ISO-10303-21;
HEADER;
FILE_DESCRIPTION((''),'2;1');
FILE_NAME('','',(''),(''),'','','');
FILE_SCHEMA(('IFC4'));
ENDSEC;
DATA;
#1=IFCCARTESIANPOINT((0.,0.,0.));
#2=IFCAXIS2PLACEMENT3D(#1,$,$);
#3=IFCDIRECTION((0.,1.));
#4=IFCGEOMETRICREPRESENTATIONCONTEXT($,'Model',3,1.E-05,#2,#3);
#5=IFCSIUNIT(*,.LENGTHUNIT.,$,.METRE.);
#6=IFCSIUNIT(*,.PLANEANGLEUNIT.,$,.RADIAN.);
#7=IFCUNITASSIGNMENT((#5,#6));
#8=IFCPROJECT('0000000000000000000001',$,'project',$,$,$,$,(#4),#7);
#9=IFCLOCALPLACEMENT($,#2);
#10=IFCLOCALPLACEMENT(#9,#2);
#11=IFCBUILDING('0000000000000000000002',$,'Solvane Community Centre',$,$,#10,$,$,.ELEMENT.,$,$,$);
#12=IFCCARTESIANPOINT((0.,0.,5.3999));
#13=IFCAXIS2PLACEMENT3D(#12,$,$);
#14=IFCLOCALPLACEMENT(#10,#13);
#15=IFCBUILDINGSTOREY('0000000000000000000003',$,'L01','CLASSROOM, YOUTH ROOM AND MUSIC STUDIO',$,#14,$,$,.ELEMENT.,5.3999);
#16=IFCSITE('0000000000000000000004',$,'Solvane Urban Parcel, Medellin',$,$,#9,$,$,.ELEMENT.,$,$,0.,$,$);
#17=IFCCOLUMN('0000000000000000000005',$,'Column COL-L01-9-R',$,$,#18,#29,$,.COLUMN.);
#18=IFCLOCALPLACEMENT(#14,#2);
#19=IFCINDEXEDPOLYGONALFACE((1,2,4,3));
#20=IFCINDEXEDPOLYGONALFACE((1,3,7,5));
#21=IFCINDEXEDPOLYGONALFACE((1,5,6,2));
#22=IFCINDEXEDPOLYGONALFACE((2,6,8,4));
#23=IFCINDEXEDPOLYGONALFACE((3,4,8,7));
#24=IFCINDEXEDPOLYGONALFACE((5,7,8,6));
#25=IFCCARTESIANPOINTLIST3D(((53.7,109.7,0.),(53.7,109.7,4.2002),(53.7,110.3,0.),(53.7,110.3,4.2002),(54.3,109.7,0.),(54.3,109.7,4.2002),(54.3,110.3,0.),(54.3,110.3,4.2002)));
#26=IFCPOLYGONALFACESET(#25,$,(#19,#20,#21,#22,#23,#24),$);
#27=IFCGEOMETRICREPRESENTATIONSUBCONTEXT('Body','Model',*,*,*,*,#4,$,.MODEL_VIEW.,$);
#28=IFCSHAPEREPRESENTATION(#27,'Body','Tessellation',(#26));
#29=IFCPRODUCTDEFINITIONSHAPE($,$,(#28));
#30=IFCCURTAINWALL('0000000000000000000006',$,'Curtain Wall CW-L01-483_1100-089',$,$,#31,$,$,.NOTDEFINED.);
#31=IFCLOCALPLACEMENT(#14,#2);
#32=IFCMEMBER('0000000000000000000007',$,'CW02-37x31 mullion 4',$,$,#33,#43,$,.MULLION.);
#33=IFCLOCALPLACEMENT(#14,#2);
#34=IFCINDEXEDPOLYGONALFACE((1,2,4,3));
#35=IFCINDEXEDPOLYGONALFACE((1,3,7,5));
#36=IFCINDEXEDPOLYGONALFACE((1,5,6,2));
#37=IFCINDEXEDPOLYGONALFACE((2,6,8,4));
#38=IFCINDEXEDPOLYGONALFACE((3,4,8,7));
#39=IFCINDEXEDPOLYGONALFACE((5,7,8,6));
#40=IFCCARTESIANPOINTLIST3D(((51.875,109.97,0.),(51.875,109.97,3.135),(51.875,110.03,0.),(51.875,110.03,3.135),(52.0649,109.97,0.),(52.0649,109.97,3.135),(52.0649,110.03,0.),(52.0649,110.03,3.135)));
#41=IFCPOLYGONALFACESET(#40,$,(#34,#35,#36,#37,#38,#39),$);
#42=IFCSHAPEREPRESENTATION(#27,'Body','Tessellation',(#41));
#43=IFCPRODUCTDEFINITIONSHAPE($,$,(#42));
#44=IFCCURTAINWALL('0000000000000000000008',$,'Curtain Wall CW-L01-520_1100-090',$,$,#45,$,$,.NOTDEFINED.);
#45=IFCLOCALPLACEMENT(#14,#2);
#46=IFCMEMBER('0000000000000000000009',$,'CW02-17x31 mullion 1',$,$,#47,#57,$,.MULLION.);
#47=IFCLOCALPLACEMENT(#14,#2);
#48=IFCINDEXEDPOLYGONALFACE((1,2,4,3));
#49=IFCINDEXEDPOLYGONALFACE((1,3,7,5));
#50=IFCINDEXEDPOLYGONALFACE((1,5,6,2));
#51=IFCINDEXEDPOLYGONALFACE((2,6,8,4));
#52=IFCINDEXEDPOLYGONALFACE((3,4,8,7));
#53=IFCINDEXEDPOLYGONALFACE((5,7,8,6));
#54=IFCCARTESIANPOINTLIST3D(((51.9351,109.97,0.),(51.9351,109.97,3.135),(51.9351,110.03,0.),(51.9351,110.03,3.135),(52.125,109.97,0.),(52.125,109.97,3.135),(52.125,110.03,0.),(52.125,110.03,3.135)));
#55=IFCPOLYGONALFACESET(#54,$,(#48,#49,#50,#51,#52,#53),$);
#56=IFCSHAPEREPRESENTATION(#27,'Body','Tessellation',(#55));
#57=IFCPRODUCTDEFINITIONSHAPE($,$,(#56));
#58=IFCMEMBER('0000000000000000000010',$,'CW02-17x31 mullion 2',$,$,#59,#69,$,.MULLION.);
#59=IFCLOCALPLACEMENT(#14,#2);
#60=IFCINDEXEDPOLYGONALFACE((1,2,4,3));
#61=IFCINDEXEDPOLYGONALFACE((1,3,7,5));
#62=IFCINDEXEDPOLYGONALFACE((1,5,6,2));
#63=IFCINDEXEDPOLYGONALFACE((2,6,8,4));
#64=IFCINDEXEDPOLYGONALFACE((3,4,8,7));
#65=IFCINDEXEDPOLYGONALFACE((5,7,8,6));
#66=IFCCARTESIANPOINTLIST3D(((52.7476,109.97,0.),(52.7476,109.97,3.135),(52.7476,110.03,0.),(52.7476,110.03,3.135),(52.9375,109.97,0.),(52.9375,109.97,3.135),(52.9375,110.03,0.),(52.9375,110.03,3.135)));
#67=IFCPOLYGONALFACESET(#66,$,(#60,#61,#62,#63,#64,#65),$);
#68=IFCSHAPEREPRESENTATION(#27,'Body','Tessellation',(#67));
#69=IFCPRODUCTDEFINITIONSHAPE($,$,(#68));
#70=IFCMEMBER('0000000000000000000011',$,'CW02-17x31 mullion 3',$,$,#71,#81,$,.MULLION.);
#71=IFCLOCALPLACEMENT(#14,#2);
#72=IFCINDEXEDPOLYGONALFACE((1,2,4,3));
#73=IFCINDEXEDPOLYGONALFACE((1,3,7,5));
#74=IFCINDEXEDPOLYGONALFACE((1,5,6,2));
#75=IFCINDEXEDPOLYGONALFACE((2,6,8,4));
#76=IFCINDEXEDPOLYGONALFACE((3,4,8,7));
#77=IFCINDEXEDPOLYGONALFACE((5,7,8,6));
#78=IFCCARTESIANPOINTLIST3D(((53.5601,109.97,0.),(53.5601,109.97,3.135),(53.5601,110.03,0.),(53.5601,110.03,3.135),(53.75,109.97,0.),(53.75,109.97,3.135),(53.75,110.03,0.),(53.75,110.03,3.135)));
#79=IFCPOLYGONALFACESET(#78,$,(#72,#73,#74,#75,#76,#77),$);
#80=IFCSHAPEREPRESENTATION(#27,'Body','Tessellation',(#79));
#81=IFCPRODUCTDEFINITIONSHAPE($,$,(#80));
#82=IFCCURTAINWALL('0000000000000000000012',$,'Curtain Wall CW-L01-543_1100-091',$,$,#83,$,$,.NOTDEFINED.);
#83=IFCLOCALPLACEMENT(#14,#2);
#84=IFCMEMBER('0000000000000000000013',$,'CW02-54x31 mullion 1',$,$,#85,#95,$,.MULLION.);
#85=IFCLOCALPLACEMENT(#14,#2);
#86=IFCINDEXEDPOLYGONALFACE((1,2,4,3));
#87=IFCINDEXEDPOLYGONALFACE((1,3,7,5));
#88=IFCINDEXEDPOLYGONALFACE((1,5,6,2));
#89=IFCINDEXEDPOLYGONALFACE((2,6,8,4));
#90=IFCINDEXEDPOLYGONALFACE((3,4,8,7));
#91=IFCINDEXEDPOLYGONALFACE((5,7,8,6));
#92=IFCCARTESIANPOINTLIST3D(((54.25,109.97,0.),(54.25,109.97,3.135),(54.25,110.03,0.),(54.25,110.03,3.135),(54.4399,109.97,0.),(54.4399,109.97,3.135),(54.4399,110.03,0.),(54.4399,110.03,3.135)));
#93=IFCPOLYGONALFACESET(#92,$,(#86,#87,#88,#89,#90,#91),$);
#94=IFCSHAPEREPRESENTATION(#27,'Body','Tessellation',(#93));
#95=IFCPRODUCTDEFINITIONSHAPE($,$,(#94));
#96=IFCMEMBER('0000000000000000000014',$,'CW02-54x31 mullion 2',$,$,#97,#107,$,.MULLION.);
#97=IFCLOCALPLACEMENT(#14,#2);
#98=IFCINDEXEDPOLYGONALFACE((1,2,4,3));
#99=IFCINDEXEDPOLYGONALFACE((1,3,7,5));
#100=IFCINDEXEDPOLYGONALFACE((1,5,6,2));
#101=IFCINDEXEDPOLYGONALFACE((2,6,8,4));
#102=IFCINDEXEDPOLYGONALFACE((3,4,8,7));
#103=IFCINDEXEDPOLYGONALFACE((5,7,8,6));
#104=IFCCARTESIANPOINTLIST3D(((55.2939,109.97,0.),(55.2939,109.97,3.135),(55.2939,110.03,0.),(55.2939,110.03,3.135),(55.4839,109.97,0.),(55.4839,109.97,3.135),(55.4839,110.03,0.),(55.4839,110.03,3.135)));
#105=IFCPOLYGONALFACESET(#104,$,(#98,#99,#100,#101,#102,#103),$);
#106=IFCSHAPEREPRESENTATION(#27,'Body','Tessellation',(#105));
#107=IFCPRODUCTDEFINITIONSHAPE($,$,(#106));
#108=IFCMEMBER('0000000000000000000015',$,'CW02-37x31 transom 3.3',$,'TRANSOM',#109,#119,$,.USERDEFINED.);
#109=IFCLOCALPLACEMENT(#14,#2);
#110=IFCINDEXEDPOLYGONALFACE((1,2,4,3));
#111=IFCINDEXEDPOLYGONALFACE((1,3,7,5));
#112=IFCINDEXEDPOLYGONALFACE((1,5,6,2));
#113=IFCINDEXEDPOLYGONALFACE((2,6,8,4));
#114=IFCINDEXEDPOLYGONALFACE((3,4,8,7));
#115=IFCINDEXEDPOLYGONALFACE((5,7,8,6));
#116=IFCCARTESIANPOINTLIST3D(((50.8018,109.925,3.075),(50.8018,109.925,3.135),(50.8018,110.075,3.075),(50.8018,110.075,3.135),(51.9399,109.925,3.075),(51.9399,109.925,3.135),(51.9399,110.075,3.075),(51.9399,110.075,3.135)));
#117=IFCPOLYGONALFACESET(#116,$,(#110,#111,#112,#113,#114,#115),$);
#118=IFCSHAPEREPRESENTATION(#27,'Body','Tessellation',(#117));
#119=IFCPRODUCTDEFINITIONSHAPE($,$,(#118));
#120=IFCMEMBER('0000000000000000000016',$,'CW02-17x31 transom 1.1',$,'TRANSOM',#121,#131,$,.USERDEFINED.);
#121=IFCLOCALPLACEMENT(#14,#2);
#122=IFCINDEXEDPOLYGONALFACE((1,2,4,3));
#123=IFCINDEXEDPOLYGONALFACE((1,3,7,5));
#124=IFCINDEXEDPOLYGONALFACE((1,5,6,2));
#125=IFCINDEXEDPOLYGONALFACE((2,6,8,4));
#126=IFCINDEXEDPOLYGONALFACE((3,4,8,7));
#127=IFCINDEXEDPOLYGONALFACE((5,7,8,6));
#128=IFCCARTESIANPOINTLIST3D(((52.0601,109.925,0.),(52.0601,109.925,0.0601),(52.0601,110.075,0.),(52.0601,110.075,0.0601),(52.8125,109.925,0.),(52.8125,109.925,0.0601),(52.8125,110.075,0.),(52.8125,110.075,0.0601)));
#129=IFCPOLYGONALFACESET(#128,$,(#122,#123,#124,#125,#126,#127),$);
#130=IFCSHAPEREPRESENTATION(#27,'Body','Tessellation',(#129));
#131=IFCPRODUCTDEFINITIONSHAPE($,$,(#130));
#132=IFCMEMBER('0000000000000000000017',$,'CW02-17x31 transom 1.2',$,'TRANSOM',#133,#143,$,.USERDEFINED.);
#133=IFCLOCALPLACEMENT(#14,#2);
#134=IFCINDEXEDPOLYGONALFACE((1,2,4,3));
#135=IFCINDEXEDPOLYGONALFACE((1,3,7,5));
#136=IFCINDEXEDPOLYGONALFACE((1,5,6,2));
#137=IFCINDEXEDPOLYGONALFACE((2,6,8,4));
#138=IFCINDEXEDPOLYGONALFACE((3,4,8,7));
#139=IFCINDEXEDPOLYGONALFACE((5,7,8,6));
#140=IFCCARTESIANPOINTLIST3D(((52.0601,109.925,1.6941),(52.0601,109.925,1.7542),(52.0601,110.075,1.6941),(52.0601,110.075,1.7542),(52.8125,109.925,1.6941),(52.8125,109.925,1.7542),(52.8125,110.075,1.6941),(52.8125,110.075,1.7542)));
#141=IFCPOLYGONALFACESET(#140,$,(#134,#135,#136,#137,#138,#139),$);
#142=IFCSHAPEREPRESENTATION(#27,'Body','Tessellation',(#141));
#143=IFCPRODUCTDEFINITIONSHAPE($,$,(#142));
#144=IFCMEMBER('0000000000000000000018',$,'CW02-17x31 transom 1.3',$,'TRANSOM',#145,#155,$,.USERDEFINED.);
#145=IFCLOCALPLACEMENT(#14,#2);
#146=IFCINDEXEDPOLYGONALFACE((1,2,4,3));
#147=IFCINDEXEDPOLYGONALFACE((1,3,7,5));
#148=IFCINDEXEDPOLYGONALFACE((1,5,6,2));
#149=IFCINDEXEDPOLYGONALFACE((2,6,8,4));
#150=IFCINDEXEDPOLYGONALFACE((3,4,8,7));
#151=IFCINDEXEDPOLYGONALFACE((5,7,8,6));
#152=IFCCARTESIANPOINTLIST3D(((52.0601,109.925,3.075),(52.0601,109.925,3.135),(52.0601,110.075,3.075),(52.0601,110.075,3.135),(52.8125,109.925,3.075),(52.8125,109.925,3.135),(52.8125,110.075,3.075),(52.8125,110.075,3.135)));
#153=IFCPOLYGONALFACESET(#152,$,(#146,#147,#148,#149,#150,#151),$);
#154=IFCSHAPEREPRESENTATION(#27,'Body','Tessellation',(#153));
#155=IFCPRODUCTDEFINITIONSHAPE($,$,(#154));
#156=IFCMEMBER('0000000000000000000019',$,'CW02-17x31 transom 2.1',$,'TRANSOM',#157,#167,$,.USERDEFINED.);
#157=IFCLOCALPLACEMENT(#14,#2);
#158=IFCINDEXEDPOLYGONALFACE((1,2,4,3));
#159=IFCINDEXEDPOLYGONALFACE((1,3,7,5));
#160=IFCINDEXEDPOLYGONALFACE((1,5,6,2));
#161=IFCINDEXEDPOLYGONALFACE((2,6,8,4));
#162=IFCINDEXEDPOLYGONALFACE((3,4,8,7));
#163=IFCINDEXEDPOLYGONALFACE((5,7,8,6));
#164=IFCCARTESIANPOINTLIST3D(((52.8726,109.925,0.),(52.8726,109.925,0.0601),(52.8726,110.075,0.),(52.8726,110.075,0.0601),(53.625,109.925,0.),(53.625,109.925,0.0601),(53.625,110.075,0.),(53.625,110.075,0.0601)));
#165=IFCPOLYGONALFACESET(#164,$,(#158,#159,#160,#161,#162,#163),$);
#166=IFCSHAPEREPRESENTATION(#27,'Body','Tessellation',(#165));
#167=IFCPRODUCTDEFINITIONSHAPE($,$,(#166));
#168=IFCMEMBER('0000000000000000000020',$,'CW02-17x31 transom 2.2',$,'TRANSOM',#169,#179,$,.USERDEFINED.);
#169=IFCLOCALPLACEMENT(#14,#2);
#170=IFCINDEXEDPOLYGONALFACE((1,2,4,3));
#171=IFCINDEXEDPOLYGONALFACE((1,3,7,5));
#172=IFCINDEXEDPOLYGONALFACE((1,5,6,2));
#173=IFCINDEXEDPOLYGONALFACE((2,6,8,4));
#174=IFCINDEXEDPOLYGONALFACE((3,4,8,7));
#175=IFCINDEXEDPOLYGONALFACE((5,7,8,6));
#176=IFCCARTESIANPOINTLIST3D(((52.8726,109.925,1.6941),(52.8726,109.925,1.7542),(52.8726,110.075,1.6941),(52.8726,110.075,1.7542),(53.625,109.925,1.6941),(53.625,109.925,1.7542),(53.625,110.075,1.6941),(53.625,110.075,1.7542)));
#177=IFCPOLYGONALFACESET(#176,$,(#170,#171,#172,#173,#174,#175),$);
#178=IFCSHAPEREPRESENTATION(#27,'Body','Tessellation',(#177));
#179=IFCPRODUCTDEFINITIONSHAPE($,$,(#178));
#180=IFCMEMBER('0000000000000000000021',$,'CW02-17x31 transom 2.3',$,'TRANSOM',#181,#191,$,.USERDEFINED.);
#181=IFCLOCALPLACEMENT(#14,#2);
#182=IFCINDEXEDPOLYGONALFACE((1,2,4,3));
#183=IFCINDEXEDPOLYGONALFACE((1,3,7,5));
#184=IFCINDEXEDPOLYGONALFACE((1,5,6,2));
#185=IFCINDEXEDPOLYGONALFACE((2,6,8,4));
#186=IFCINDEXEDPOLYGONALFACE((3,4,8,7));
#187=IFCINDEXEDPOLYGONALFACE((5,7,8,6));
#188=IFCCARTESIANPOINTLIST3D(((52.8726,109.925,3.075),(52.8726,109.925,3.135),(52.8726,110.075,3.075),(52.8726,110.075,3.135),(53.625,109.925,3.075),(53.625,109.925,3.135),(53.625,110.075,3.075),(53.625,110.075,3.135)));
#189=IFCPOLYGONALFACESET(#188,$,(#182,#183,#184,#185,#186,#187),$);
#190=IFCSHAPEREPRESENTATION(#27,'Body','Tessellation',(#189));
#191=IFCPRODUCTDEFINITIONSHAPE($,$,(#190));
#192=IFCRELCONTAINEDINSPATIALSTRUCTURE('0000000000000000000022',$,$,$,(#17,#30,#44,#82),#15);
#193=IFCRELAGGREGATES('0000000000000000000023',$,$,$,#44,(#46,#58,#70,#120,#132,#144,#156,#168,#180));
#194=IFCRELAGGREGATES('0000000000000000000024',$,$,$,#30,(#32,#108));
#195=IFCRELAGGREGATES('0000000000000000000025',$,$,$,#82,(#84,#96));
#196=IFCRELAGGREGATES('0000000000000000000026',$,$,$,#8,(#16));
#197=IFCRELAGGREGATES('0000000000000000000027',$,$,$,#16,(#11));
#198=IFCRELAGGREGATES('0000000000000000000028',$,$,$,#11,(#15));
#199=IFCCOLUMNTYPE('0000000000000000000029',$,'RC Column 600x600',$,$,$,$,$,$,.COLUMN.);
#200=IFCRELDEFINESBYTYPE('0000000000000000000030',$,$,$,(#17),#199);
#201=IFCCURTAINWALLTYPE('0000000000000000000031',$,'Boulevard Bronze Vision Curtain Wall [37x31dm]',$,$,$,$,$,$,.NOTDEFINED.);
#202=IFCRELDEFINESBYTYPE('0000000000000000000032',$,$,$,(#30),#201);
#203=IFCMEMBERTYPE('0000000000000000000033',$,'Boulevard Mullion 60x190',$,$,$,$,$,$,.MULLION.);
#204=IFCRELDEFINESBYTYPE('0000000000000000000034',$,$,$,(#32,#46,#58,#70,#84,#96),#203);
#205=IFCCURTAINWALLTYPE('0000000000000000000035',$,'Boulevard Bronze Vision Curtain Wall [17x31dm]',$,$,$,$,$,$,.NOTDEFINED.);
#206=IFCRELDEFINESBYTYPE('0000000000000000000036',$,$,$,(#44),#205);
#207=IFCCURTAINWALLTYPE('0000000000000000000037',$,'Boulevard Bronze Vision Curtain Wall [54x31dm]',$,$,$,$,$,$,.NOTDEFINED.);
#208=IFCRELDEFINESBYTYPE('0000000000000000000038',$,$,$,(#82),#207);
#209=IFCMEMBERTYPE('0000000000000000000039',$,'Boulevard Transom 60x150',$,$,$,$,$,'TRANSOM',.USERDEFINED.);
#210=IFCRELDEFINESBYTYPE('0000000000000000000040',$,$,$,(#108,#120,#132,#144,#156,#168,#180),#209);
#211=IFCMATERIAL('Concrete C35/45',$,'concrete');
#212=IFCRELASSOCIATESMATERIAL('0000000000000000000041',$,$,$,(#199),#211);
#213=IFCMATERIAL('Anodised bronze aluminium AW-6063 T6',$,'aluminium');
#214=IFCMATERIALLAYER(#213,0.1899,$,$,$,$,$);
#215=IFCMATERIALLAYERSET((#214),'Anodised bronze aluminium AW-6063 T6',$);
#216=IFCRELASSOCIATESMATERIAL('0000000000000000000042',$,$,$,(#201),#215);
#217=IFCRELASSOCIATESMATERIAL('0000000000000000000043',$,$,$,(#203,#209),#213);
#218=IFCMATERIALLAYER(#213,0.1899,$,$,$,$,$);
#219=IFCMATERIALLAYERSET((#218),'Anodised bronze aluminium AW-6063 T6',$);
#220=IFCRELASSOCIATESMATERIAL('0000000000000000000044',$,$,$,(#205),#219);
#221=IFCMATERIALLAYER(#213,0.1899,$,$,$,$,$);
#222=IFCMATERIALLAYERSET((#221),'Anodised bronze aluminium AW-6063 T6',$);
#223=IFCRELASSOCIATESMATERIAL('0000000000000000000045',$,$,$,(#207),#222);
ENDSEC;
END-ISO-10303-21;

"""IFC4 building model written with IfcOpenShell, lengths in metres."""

from ifc_helpers import new_model, si_unit, direction, frame, origin, origin_2d, place, context, subcontext, project, spatial, rectangle, extrude, material, layer, layer_set, material_profile, profile_set, type_object, element, aggregate, save


model = new_model("IFC4")

# Units and contexts
model_context = context("Model", 3, precision=1e-05, world=origin(), true_north=direction((0.0, 1.0)))
body_context = subcontext(model_context, "Body", "Model", "MODEL_VIEW")
ifc_project = project(units=[si_unit("LENGTHUNIT", "METRE"), si_unit("PLANEANGLEUNIT", "RADIAN")], contexts=[model_context])

# Site, building, storey
site_placement = place(None, origin())
site = spatial("IfcSite", under=ifc_project, at=site_placement, Name="Solvane Urban Parcel, Medellin", CompositionType="ELEMENT", RefElevation=0.0)
building_placement = place(site_placement, origin())
building = spatial("IfcBuilding", under=site, at=building_placement, Name="Solvane Community Centre", CompositionType="ELEMENT")
storey_placement = place(building_placement, frame((0.0, 0.0, 5.3999)))
storey = spatial("IfcBuildingStorey", under=building, at=storey_placement, Name="L01", Description="CLASSROOM, YOUTH ROOM AND MUSIC STUDIO", CompositionType="ELEMENT", Elevation=5.3999)

# Column
ifc_material_1 = material(Name="Concrete C35/45", Category="concrete")
ifc_material_profile_1 = material_profile(ifc_material_1, rectangle(XDim=0.6001, YDim=0.6001, at=origin_2d()), Name="RC 600x600")
ifc_profile_set_1 = profile_set([ifc_material_profile_1], Name="Concrete C35/45")
column_type = type_object("IfcColumnType", Name="RC Column 600x600", PredefinedType="COLUMN", material=ifc_profile_set_1)
column_placement = place(storey_placement, frame((54.0, 110.0, 0.0), z_axis=(0.0, 0.0, 1.0), x_axis=(1.0, 0.0, 0.0)))
element("IfcColumn", 1, at=column_placement, inside=storey, type_object=column_type, Name="Column COL-L01-9-R", PredefinedType="COLUMN", context=body_context, shape_type="SweptSolid", body=[
    extrude(rectangle(XDim=0.6001, YDim=0.6001, at=origin_2d()), origin(), (0.0, 0.0, 1.0), 4.2002),
])

# Curtain wall, member
ifc_material_2 = material(Name="Anodised bronze aluminium AW-6063 T6", Category="aluminium")
ifc_layer_1 = layer(ifc_material_2, 0.1899)
ifc_layer_set_1 = layer_set([ifc_layer_1], Name="Anodised bronze aluminium AW-6063 T6")
curtain_wall_type_1 = type_object("IfcCurtainWallType", Name="Boulevard Bronze Vision Curtain Wall [37x31dm]", PredefinedType="NOTDEFINED", material=ifc_layer_set_1)
curtain_wall_1_placement = place(storey_placement, origin())
curtain_wall_1 = element("IfcCurtainWall", 2, at=curtain_wall_1_placement, inside=storey, type_object=curtain_wall_type_1, Name="Curtain Wall CW-L01-483_1100-089", PredefinedType="NOTDEFINED")
ifc_material_profile_2 = material_profile(ifc_material_2, rectangle(XDim=0.0601, YDim=0.1899, at=origin_2d()), Name="CW-M 60x190")
ifc_profile_set_2 = profile_set([ifc_material_profile_2], Name="Anodised bronze aluminium AW-6063 T6")
member_type_1 = type_object("IfcMemberType", Name="Boulevard Mullion 60x190", PredefinedType="MULLION", material=ifc_profile_set_2)
member_1_placement = place(storey_placement, frame((51.97, 110.0, 0.0), z_axis=(0.0, 0.0, 1.0), x_axis=(0.0, 1.0, 0.0)))
member_1 = element("IfcMember", 3, at=member_1_placement, type_object=member_type_1, Name="CW02-37x31 mullion 4", PredefinedType="MULLION", context=body_context, shape_type="SweptSolid", body=[
    extrude(rectangle(XDim=0.0601, YDim=0.1899, at=origin_2d()), origin(), (0.0, 0.0, 1.0), 3.135),
])

# Curtain walls, members
ifc_layer_2 = layer(ifc_material_2, 0.1899)
ifc_layer_set_2 = layer_set([ifc_layer_2], Name="Anodised bronze aluminium AW-6063 T6")
curtain_wall_type_2 = type_object("IfcCurtainWallType", Name="Boulevard Bronze Vision Curtain Wall [17x31dm]", PredefinedType="NOTDEFINED", material=ifc_layer_set_2)
curtain_wall_2_placement = place(storey_placement, origin())
curtain_wall_2 = element("IfcCurtainWall", 4, at=curtain_wall_2_placement, inside=storey, type_object=curtain_wall_type_2, Name="Curtain Wall CW-L01-520_1100-090", PredefinedType="NOTDEFINED")
member_2_placement = place(storey_placement, frame((52.03, 110.0, 0.0), z_axis=(0.0, 0.0, 1.0), x_axis=(0.0, 1.0, 0.0)))
member_2 = element("IfcMember", 5, at=member_2_placement, type_object=member_type_1, Name="CW02-17x31 mullion 1", PredefinedType="MULLION", context=body_context, shape_type="SweptSolid", body=[
    extrude(rectangle(XDim=0.0601, YDim=0.1899, at=origin_2d()), origin(), (0.0, 0.0, 1.0), 3.135),
])
member_3_placement = place(storey_placement, frame((52.8425, 110.0, 0.0), z_axis=(0.0, 0.0, 1.0), x_axis=(0.0, 1.0, 0.0)))
member_3 = element("IfcMember", 6, at=member_3_placement, type_object=member_type_1, Name="CW02-17x31 mullion 2", PredefinedType="MULLION", context=body_context, shape_type="SweptSolid", body=[
    extrude(rectangle(XDim=0.0601, YDim=0.1899, at=origin_2d()), origin(), (0.0, 0.0, 1.0), 3.135),
])
member_4_placement = place(storey_placement, frame((53.655, 110.0, 0.0), z_axis=(0.0, 0.0, 1.0), x_axis=(0.0, 1.0, 0.0)))
member_4 = element("IfcMember", 7, at=member_4_placement, type_object=member_type_1, Name="CW02-17x31 mullion 3", PredefinedType="MULLION", context=body_context, shape_type="SweptSolid", body=[
    extrude(rectangle(XDim=0.0601, YDim=0.1899, at=origin_2d()), origin(), (0.0, 0.0, 1.0), 3.135),
])
ifc_layer_3 = layer(ifc_material_2, 0.1899)
ifc_layer_set_3 = layer_set([ifc_layer_3], Name="Anodised bronze aluminium AW-6063 T6")
curtain_wall_type_3 = type_object("IfcCurtainWallType", Name="Boulevard Bronze Vision Curtain Wall [54x31dm]", PredefinedType="NOTDEFINED", material=ifc_layer_set_3)
curtain_wall_3_placement = place(storey_placement, origin())
curtain_wall_3 = element("IfcCurtainWall", 8, at=curtain_wall_3_placement, inside=storey, type_object=curtain_wall_type_3, Name="Curtain Wall CW-L01-543_1100-091", PredefinedType="NOTDEFINED")
member_5_placement = place(storey_placement, frame((54.345, 110.0, 0.0), z_axis=(0.0, 0.0, 1.0), x_axis=(0.0, 1.0, 0.0)))
member_5 = element("IfcMember", 9, at=member_5_placement, type_object=member_type_1, Name="CW02-54x31 mullion 1", PredefinedType="MULLION", context=body_context, shape_type="SweptSolid", body=[
    extrude(rectangle(XDim=0.0601, YDim=0.1899, at=origin_2d()), origin(), (0.0, 0.0, 1.0), 3.135),
])
member_6_placement = place(storey_placement, frame((55.3889, 110.0, 0.0), z_axis=(0.0, 0.0, 1.0), x_axis=(0.0, 1.0, 0.0)))
member_6 = element("IfcMember", 10, at=member_6_placement, type_object=member_type_1, Name="CW02-54x31 mullion 2", PredefinedType="MULLION", context=body_context, shape_type="SweptSolid", body=[
    extrude(rectangle(XDim=0.0601, YDim=0.1899, at=origin_2d()), origin(), (0.0, 0.0, 1.0), 3.135),
])

# Members
ifc_material_profile_3 = material_profile(ifc_material_2, rectangle(XDim=0.1499, YDim=0.0601, at=origin_2d()), Name="CW-T 60x150")
ifc_profile_set_3 = profile_set([ifc_material_profile_3], Name="Anodised bronze aluminium AW-6063 T6")
member_type_2 = type_object("IfcMemberType", Name="Boulevard Transom 60x150", ElementType="TRANSOM", PredefinedType="USERDEFINED", material=ifc_profile_set_3)
member_7_placement = place(storey_placement, frame((50.8018, 110.0, 3.105), z_axis=(1.0, 0.0, 0.0), x_axis=(0.0, 1.0, 0.0)))
member_7 = element("IfcMember", 11, at=member_7_placement, type_object=member_type_2, Name="CW02-37x31 transom 3.3", ObjectType="TRANSOM", PredefinedType="USERDEFINED", context=body_context, shape_type="SweptSolid", body=[
    extrude(rectangle(XDim=0.1499, YDim=0.0601, at=origin_2d()), origin(), (0.0, 0.0, 1.0), 1.1382),
])
member_8_placement = place(storey_placement, frame((52.0601, 110.0, 0.03), z_axis=(1.0, 0.0, 0.0), x_axis=(0.0, 1.0, 0.0)))
member_8 = element("IfcMember", 12, at=member_8_placement, type_object=member_type_2, Name="CW02-17x31 transom 1.1", ObjectType="TRANSOM", PredefinedType="USERDEFINED", context=body_context, shape_type="SweptSolid", body=[
    extrude(rectangle(XDim=0.1499, YDim=0.0601, at=origin_2d()), origin(), (0.0, 0.0, 1.0), 0.7524),
])
member_9_placement = place(storey_placement, frame((52.0601, 110.0, 1.7241), z_axis=(1.0, 0.0, 0.0), x_axis=(0.0, 1.0, 0.0)))
member_9 = element("IfcMember", 13, at=member_9_placement, type_object=member_type_2, Name="CW02-17x31 transom 1.2", ObjectType="TRANSOM", PredefinedType="USERDEFINED", context=body_context, shape_type="SweptSolid", body=[
    extrude(rectangle(XDim=0.1499, YDim=0.0601, at=origin_2d()), origin(), (0.0, 0.0, 1.0), 0.7524),
])
member_10_placement = place(storey_placement, frame((52.0601, 110.0, 3.105), z_axis=(1.0, 0.0, 0.0), x_axis=(0.0, 1.0, 0.0)))
member_10 = element("IfcMember", 14, at=member_10_placement, type_object=member_type_2, Name="CW02-17x31 transom 1.3", ObjectType="TRANSOM", PredefinedType="USERDEFINED", context=body_context, shape_type="SweptSolid", body=[
    extrude(rectangle(XDim=0.1499, YDim=0.0601, at=origin_2d()), origin(), (0.0, 0.0, 1.0), 0.7524),
])
member_11_placement = place(storey_placement, frame((52.8726, 110.0, 0.03), z_axis=(1.0, 0.0, 0.0), x_axis=(0.0, 1.0, 0.0)))
member_11 = element("IfcMember", 15, at=member_11_placement, type_object=member_type_2, Name="CW02-17x31 transom 2.1", ObjectType="TRANSOM", PredefinedType="USERDEFINED", context=body_context, shape_type="SweptSolid", body=[
    extrude(rectangle(XDim=0.1499, YDim=0.0601, at=origin_2d()), origin(), (0.0, 0.0, 1.0), 0.7524),
])
member_12_placement = place(storey_placement, frame((52.8726, 110.0, 1.7241), z_axis=(1.0, 0.0, 0.0), x_axis=(0.0, 1.0, 0.0)))
member_12 = element("IfcMember", 16, at=member_12_placement, type_object=member_type_2, Name="CW02-17x31 transom 2.2", ObjectType="TRANSOM", PredefinedType="USERDEFINED", context=body_context, shape_type="SweptSolid", body=[
    extrude(rectangle(XDim=0.1499, YDim=0.0601, at=origin_2d()), origin(), (0.0, 0.0, 1.0), 0.7524),
])
member_13_placement = place(storey_placement, frame((52.8726, 110.0, 3.105), z_axis=(1.0, 0.0, 0.0), x_axis=(0.0, 1.0, 0.0)))
member_13 = element("IfcMember", 17, at=member_13_placement, type_object=member_type_2, Name="CW02-17x31 transom 2.3", ObjectType="TRANSOM", PredefinedType="USERDEFINED", context=body_context, shape_type="SweptSolid", body=[
    extrude(rectangle(XDim=0.1499, YDim=0.0601, at=origin_2d()), origin(), (0.0, 0.0, 1.0), 0.7524),
])

aggregate(curtain_wall_2, [member_2, member_3, member_4, member_8, member_9, member_10, member_11, member_12, member_13])
aggregate(curtain_wall_1, [member_1, member_7])
aggregate(curtain_wall_3, [member_5, member_6])

save(model, "model.ifc")
